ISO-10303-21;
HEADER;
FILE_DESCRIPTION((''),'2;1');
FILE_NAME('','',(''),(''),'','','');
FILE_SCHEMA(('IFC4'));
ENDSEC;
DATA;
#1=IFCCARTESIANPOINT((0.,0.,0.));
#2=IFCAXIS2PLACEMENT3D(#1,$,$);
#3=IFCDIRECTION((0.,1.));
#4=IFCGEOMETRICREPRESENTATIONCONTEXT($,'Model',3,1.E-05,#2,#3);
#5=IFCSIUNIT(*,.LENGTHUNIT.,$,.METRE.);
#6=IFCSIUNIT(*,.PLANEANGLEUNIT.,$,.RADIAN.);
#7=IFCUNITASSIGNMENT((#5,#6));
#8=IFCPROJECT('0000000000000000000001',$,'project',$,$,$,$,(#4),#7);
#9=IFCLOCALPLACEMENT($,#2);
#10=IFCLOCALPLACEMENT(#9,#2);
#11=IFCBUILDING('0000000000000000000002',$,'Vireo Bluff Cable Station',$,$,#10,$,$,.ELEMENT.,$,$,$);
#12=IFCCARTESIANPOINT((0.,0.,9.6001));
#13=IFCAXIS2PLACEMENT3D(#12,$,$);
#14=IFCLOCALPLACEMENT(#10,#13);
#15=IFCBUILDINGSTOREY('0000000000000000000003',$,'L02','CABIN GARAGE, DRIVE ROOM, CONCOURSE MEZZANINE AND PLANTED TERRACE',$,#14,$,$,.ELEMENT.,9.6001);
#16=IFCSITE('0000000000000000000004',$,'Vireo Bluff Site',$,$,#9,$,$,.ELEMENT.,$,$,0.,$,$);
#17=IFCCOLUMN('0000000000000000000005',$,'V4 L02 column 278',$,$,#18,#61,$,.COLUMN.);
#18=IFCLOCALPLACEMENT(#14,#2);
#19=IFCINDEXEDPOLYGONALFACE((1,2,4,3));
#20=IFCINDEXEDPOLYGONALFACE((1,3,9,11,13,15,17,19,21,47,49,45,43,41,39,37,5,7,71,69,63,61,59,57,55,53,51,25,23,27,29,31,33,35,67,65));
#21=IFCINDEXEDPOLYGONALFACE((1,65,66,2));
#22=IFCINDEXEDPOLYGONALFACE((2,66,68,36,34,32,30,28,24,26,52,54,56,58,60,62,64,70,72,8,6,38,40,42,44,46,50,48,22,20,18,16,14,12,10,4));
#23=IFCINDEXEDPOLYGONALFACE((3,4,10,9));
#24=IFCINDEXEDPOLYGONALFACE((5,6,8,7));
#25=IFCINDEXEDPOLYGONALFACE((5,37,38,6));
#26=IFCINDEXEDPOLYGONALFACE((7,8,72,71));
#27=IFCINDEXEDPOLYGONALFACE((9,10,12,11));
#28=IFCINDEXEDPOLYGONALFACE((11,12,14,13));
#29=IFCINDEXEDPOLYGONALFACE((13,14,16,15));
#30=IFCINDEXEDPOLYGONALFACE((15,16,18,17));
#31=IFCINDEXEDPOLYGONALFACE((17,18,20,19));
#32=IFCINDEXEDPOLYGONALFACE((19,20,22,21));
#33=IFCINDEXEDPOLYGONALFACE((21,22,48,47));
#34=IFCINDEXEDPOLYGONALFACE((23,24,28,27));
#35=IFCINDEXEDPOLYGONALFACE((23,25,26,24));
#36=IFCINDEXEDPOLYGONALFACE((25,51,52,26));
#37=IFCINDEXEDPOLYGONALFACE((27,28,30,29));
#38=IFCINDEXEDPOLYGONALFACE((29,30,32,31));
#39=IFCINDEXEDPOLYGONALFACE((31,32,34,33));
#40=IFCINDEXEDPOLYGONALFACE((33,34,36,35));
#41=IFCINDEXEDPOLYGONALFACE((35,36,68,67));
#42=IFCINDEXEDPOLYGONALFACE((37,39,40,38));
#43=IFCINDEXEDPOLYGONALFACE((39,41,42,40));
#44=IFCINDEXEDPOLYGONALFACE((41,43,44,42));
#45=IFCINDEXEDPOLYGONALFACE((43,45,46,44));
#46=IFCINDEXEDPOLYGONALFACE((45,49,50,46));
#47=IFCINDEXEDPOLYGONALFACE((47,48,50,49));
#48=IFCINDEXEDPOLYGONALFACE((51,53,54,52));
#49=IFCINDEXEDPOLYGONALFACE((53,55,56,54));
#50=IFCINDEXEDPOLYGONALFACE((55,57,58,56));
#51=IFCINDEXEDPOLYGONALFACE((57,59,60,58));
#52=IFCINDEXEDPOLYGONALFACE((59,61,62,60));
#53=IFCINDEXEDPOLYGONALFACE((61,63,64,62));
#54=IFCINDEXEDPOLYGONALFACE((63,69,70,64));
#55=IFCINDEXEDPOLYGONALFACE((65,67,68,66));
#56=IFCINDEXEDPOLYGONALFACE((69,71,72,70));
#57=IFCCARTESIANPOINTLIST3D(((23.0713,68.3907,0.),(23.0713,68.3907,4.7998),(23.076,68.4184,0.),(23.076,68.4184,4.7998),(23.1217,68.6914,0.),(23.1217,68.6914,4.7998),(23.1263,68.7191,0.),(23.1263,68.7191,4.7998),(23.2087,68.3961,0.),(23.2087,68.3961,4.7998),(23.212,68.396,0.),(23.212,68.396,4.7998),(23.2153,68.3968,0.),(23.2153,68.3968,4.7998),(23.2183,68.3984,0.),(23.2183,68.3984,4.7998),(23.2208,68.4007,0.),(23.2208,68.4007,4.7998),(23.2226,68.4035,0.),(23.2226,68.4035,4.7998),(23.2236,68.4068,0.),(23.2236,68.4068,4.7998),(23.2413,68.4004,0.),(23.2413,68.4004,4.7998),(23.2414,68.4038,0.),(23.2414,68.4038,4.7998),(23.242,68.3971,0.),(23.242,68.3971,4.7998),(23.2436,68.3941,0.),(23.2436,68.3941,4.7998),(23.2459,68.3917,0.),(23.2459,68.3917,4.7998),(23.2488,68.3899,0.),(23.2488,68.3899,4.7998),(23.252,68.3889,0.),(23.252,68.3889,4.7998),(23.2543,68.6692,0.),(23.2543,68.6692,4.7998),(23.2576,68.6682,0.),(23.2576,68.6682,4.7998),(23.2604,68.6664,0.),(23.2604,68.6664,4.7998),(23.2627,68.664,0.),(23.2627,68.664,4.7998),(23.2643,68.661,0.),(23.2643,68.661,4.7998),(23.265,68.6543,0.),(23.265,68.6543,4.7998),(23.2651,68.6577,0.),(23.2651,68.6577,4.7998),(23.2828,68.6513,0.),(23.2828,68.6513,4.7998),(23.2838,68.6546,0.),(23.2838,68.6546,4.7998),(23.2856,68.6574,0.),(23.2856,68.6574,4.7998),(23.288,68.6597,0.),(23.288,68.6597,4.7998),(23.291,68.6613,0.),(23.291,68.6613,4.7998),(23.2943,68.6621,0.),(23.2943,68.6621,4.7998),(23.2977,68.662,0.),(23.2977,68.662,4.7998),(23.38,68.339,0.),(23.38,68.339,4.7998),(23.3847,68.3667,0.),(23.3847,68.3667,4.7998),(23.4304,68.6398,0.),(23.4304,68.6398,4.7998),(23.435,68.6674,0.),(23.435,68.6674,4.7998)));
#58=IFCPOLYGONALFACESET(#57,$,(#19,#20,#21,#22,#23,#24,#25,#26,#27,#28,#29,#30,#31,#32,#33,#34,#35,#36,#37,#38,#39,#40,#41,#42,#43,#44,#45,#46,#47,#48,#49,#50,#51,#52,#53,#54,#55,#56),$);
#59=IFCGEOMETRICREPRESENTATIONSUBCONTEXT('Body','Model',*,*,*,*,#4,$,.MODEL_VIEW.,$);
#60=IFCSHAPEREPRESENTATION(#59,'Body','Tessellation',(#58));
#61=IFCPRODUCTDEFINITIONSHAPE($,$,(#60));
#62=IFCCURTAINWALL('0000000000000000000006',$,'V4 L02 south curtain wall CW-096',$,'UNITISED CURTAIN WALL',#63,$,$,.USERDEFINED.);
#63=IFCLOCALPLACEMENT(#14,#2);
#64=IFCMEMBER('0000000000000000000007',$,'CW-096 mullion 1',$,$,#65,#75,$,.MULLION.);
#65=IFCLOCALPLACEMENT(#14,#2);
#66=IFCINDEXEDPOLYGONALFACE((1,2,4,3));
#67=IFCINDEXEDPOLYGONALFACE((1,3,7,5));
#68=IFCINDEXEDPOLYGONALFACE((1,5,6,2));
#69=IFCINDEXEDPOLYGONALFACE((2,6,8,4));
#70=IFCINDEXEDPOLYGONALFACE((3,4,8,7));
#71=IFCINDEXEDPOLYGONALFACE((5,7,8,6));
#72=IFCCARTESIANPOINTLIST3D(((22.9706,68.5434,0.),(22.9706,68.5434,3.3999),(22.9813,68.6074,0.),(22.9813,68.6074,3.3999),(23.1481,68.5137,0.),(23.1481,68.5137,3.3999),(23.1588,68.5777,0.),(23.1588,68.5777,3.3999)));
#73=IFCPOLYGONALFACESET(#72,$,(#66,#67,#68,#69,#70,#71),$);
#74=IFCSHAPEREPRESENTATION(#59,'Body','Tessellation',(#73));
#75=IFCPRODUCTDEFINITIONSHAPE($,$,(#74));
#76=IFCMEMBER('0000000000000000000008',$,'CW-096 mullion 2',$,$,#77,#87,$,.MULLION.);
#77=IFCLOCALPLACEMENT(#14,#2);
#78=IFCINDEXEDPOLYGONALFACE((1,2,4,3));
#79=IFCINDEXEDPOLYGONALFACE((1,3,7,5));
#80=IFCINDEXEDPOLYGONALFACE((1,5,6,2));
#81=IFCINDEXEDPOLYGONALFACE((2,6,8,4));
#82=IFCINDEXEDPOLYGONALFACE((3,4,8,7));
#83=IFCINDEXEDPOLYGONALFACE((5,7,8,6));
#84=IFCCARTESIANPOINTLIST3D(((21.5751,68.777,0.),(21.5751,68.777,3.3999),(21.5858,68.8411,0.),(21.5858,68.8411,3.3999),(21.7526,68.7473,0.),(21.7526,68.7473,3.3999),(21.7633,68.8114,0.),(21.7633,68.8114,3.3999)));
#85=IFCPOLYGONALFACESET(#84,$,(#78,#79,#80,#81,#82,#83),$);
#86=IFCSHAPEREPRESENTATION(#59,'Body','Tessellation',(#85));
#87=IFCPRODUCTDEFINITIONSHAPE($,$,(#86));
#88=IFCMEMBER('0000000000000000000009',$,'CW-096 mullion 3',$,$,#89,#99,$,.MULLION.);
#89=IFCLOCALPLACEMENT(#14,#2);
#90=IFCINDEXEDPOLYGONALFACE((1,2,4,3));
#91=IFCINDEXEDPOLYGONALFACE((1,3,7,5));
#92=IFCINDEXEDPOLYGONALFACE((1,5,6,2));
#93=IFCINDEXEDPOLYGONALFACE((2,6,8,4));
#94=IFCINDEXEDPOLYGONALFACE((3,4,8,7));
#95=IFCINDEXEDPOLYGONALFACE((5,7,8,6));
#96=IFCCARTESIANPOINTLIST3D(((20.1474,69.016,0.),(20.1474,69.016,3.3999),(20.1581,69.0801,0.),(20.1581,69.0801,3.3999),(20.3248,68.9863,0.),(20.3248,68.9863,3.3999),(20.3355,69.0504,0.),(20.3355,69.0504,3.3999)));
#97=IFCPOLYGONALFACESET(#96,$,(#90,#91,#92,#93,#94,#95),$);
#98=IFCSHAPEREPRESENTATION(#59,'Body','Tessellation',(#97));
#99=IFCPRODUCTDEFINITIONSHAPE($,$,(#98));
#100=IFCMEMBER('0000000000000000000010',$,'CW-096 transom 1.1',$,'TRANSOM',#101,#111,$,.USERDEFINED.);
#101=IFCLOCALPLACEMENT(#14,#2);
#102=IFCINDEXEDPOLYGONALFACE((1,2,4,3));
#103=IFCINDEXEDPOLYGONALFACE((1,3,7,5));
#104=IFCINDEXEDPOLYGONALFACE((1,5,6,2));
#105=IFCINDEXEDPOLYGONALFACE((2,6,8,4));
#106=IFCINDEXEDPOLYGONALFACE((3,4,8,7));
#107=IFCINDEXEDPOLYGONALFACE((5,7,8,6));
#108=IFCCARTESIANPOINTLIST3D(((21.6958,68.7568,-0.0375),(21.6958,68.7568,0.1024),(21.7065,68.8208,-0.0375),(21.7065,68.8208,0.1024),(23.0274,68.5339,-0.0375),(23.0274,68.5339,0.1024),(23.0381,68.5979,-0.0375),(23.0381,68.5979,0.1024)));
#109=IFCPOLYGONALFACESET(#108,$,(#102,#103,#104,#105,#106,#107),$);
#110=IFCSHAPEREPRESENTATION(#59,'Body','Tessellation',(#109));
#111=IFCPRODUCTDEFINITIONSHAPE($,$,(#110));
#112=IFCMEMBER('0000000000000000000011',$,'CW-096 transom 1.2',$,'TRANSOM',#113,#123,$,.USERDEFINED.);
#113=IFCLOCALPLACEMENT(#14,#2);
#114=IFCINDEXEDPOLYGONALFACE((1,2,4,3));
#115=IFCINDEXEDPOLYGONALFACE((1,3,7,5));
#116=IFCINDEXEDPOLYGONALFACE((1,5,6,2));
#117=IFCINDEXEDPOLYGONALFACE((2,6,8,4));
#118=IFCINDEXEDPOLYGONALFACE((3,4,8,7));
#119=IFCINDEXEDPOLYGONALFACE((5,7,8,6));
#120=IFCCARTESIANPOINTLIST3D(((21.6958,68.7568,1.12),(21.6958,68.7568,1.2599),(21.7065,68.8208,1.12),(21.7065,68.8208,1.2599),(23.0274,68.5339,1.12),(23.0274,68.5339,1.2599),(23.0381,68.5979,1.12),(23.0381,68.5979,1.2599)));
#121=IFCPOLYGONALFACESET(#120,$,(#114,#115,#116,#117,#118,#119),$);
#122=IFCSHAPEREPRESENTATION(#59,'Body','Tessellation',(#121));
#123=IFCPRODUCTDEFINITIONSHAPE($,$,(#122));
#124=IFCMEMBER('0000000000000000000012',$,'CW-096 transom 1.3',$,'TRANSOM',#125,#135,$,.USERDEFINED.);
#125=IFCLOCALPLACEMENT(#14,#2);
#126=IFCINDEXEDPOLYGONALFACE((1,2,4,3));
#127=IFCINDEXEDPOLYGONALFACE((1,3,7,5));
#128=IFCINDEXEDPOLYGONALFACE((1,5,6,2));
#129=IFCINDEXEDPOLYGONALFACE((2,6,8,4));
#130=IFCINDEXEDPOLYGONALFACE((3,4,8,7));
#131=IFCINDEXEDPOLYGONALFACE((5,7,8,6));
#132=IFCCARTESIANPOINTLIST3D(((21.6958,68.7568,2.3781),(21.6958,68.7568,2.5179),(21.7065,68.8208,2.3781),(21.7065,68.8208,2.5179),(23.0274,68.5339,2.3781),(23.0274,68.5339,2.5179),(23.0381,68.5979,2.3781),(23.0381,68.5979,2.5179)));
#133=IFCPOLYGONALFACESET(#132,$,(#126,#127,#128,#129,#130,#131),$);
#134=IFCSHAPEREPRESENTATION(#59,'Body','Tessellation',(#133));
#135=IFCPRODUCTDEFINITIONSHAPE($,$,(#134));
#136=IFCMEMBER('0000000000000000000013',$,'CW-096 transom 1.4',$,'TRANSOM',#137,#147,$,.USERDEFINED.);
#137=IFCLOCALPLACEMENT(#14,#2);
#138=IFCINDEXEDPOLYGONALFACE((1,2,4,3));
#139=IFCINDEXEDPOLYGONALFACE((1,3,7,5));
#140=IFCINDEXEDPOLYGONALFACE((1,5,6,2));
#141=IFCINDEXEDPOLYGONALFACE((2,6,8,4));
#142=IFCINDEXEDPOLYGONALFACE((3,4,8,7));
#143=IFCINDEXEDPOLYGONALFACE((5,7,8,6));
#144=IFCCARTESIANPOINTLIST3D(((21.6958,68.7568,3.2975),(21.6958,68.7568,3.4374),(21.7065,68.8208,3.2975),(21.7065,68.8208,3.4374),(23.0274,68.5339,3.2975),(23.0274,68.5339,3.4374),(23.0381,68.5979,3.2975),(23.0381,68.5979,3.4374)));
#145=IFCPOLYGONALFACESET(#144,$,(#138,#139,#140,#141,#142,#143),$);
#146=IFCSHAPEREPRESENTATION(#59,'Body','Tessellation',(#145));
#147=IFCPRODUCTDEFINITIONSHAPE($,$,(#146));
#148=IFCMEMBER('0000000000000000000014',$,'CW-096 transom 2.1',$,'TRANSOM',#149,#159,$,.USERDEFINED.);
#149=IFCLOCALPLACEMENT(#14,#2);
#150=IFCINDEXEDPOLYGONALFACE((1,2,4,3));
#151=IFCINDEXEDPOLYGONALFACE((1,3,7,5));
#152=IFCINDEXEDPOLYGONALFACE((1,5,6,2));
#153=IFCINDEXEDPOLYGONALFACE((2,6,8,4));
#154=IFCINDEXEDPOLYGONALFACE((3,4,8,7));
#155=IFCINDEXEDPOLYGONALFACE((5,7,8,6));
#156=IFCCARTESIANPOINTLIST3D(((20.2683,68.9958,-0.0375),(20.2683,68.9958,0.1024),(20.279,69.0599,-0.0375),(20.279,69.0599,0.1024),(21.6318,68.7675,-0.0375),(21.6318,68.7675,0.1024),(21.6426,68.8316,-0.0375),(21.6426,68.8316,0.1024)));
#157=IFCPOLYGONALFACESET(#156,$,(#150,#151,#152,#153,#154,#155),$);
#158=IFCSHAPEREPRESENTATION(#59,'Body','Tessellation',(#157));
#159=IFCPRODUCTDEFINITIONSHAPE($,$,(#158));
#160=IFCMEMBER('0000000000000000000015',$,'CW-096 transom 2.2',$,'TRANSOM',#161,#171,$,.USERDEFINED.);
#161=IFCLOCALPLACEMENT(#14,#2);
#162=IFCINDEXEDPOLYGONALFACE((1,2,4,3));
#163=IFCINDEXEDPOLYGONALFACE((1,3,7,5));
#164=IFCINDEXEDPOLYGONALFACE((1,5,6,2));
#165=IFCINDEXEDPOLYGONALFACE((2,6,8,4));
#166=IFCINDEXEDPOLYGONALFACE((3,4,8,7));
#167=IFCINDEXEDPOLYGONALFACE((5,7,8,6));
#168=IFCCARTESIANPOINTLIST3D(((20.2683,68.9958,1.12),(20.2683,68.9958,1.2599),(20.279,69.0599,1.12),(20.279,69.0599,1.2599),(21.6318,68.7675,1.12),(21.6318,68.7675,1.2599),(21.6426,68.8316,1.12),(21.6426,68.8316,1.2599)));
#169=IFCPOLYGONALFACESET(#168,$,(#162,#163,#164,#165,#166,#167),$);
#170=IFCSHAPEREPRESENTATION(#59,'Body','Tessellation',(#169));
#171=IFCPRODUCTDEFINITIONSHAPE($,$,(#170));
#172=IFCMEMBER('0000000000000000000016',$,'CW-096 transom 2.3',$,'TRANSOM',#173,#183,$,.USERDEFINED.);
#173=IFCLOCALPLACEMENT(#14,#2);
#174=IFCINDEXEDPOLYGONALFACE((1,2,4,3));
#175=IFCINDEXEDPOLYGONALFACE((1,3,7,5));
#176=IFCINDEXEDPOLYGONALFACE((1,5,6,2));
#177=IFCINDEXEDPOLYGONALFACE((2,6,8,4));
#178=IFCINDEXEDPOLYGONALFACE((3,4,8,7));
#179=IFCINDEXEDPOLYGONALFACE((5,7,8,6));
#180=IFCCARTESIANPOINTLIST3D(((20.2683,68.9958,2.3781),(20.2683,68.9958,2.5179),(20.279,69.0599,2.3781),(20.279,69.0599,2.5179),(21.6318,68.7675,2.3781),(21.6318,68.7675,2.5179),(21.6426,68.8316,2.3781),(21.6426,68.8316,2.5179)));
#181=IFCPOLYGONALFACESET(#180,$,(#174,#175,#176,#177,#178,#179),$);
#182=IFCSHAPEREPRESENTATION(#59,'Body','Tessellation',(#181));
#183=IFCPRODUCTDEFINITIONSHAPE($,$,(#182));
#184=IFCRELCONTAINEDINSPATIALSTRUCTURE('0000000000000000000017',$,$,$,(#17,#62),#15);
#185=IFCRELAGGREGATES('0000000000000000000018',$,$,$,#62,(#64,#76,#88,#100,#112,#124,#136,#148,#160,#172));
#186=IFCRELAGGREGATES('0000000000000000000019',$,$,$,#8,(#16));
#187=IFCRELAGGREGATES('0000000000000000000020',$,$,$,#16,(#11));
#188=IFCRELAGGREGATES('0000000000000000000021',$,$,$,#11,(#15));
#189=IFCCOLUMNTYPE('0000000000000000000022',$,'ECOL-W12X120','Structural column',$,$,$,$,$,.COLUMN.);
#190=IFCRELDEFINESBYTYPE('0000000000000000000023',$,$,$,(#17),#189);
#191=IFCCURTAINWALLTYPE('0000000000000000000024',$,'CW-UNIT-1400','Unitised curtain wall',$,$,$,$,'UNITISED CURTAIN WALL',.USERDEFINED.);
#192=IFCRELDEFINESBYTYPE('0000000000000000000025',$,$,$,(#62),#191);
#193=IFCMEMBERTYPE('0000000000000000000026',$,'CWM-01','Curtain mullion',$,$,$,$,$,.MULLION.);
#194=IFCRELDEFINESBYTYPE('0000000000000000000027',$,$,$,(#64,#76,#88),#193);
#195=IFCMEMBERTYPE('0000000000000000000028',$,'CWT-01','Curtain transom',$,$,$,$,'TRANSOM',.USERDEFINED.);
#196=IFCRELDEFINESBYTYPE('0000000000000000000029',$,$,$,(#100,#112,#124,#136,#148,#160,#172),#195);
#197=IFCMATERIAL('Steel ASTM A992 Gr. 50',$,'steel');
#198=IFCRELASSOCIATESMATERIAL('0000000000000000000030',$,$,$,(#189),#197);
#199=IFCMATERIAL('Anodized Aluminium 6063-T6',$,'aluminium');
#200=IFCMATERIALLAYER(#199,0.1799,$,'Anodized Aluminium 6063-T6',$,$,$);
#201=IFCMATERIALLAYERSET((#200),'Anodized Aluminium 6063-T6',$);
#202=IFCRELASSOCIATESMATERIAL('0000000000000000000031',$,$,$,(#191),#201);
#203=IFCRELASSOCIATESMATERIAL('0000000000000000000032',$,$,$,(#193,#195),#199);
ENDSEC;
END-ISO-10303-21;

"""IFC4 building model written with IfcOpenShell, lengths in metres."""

from ifc_helpers import new_model, si_unit, direction, frame, origin, origin_2d, place, context, subcontext, project, spatial, rectangle, i_section, extrude, material, layer, layer_set, material_profile, profile_set, type_object, element, aggregate, save


model = new_model("IFC4")

# Units and contexts
model_context = context("Model", 3, precision=1e-05, world=origin(), true_north=direction((0.0, 1.0)))
body_context = subcontext(model_context, "Body", "Model", "MODEL_VIEW")
ifc_project = project(units=[si_unit("LENGTHUNIT", "METRE"), si_unit("PLANEANGLEUNIT", "RADIAN")], contexts=[model_context])

# Site, building, storey
site_placement = place(None, origin())
site = spatial("IfcSite", under=ifc_project, at=site_placement, Name="Vireo Bluff Site", CompositionType="ELEMENT", RefElevation=0.0)
building_placement = place(site_placement, origin())
building = spatial("IfcBuilding", under=site, at=building_placement, Name="Vireo Bluff Cable Station", CompositionType="ELEMENT")
storey_placement = place(building_placement, frame((0.0, 0.0, 9.6001)))
storey = spatial("IfcBuildingStorey", under=building, at=storey_placement, Name="L02", Description="CABIN GARAGE, DRIVE ROOM, CONCOURSE MEZZANINE AND PLANTED TERRACE", CompositionType="ELEMENT", Elevation=9.6001)

# Column
ifc_material_1 = material(Name="Steel ASTM A992 Gr. 50", Category="steel")
ifc_material_profile_1 = material_profile(ifc_material_1, i_section(OverallWidth=0.313, OverallDepth=0.333, WebThickness=0.0181, FlangeThickness=0.0281, FilletRadius=0.0129, at=origin_2d()), Name="W12X120")
ifc_profile_set_1 = profile_set([ifc_material_profile_1], Name="Steel ASTM A992 Gr. 50")
column_type = type_object("IfcColumnType", Name="ECOL-W12X120", Description="Structural column", PredefinedType="COLUMN", material=ifc_profile_set_1)
column_placement = place(storey_placement, frame((23.2532, 68.5291, 0.0), z_axis=(0.0, 0.0, 1.0), x_axis=(0.986286, -0.165048, 0.0)))
element("IfcColumn", 1, at=column_placement, inside=storey, type_object=column_type, Name="V4 L02 column 278", PredefinedType="COLUMN", context=body_context, shape_type="SweptSolid", body=[
    extrude(i_section(OverallWidth=0.313, OverallDepth=0.333, WebThickness=0.0181, FlangeThickness=0.0281, FilletRadius=0.0129, at=origin_2d()), origin(), (0.0, 0.0, 1.0), 4.7998),
])

# Curtain wall, members
ifc_material_2 = material(Name="Anodized Aluminium 6063-T6", Category="aluminium")
ifc_layer_1 = layer(ifc_material_2, 0.1799, Name="Anodized Aluminium 6063-T6")
ifc_layer_set_1 = layer_set([ifc_layer_1], Name="Anodized Aluminium 6063-T6")
curtain_wall_type = type_object("IfcCurtainWallType", Name="CW-UNIT-1400", Description="Unitised curtain wall", ElementType="UNITISED CURTAIN WALL", PredefinedType="USERDEFINED", material=ifc_layer_set_1)
curtain_wall_placement = place(storey_placement, origin())
curtain_wall = element("IfcCurtainWall", 2, at=curtain_wall_placement, inside=storey, type_object=curtain_wall_type, Name="V4 L02 south curtain wall CW-096", ObjectType="UNITISED CURTAIN WALL", PredefinedType="USERDEFINED")
ifc_material_profile_2 = material_profile(ifc_material_2, rectangle(XDim=0.0649, YDim=0.1799, at=origin_2d()), Name="ALU-M-65X180")
ifc_profile_set_2 = profile_set([ifc_material_profile_2], Name="Anodized Aluminium 6063-T6")
member_type_1 = type_object("IfcMemberType", Name="CWM-01", Description="Curtain mullion", PredefinedType="MULLION", material=ifc_profile_set_2)
member_1_placement = place(storey_placement, frame((23.0647, 68.5605, 0.0), z_axis=(0.0, 0.0, 1.0), x_axis=(-0.165048, -0.986286, 0.0)))
member_1 = element("IfcMember", 3, at=member_1_placement, type_object=member_type_1, Name="CW-096 mullion 1", PredefinedType="MULLION", context=body_context, shape_type="SweptSolid", body=[
    extrude(rectangle(XDim=0.0649, YDim=0.1799, at=origin_2d()), origin(), (0.0, 0.0, 1.0), 3.3999),
])
member_2_placement = place(storey_placement, frame((21.6692, 68.7942, 0.0), z_axis=(0.0, 0.0, 1.0), x_axis=(-0.165048, -0.986286, 0.0)))
member_2 = element("IfcMember", 4, at=member_2_placement, type_object=member_type_1, Name="CW-096 mullion 2", PredefinedType="MULLION", context=body_context, shape_type="SweptSolid", body=[
    extrude(rectangle(XDim=0.0649, YDim=0.1799, at=origin_2d()), origin(), (0.0, 0.0, 1.0), 3.3999),
])
member_3_placement = place(storey_placement, frame((20.2415, 69.0332, 0.0), z_axis=(0.0, 0.0, 1.0), x_axis=(-0.165048, -0.986286, 0.0)))
member_3 = element("IfcMember", 5, at=member_3_placement, type_object=member_type_1, Name="CW-096 mullion 3", PredefinedType="MULLION", context=body_context, shape_type="SweptSolid", body=[
    extrude(rectangle(XDim=0.0649, YDim=0.1799, at=origin_2d()), origin(), (0.0, 0.0, 1.0), 3.3999),
])
ifc_material_profile_3 = material_profile(ifc_material_2, rectangle(XDim=0.0649, YDim=0.1399, at=origin_2d()), Name="ALU-T-65X140")
ifc_profile_set_3 = profile_set([ifc_material_profile_3], Name="Anodized Aluminium 6063-T6")
member_type_2 = type_object("IfcMemberType", Name="CWT-01", Description="Curtain transom", ElementType="TRANSOM", PredefinedType="USERDEFINED", material=ifc_profile_set_3)
member_4_placement = place(storey_placement, frame((23.0327, 68.5659, 0.0325), z_axis=(-0.986276, 0.165103, 0.0), x_axis=(-0.165103, -0.986276, 0.0)))
member_4 = element("IfcMember", 6, at=member_4_placement, type_object=member_type_2, Name="CW-096 transom 1.1", ObjectType="TRANSOM", PredefinedType="USERDEFINED", context=body_context, shape_type="SweptSolid", body=[
    extrude(rectangle(XDim=0.0649, YDim=0.1399, at=origin_2d()), origin(), (0.0, 0.0, 1.0), 1.3501),
])
member_5_placement = place(storey_placement, frame((23.0327, 68.5659, 1.1899), z_axis=(-0.986276, 0.165103, 0.0), x_axis=(-0.165103, -0.986276, 0.0)))
member_5 = element("IfcMember", 7, at=member_5_placement, type_object=member_type_2, Name="CW-096 transom 1.2", ObjectType="TRANSOM", PredefinedType="USERDEFINED", context=body_context, shape_type="SweptSolid", body=[
    extrude(rectangle(XDim=0.0649, YDim=0.1399, at=origin_2d()), origin(), (0.0, 0.0, 1.0), 1.3501),
])
member_6_placement = place(storey_placement, frame((23.0327, 68.5659, 2.448), z_axis=(-0.986276, 0.165103, 0.0), x_axis=(-0.165103, -0.986276, 0.0)))
member_6 = element("IfcMember", 8, at=member_6_placement, type_object=member_type_2, Name="CW-096 transom 1.3", ObjectType="TRANSOM", PredefinedType="USERDEFINED", context=body_context, shape_type="SweptSolid", body=[
    extrude(rectangle(XDim=0.0649, YDim=0.1399, at=origin_2d()), origin(), (0.0, 0.0, 1.0), 1.3501),
])
member_7_placement = place(storey_placement, frame((23.0327, 68.5659, 3.3674), z_axis=(-0.986276, 0.165103, 0.0), x_axis=(-0.165103, -0.986276, 0.0)))
member_7 = element("IfcMember", 9, at=member_7_placement, type_object=member_type_2, Name="CW-096 transom 1.4", ObjectType="TRANSOM", PredefinedType="USERDEFINED", context=body_context, shape_type="SweptSolid", body=[
    extrude(rectangle(XDim=0.0649, YDim=0.1399, at=origin_2d()), origin(), (0.0, 0.0, 1.0), 1.3501),
])
member_8_placement = place(storey_placement, frame((21.6372, 68.7996, 0.0325), z_axis=(-0.986274, 0.165115, 0.0), x_axis=(-0.165115, -0.986274, 0.0)))
member_8 = element("IfcMember", 10, at=member_8_placement, type_object=member_type_2, Name="CW-096 transom 2.1", ObjectType="TRANSOM", PredefinedType="USERDEFINED", context=body_context, shape_type="SweptSolid", body=[
    extrude(rectangle(XDim=0.0649, YDim=0.1399, at=origin_2d()), origin(), (0.0, 0.0, 1.0), 1.3826),
])
member_9_placement = place(storey_placement, frame((21.6372, 68.7996, 1.1899), z_axis=(-0.986274, 0.165115, 0.0), x_axis=(-0.165115, -0.986274, 0.0)))
member_9 = element("IfcMember", 11, at=member_9_placement, type_object=member_type_2, Name="CW-096 transom 2.2", ObjectType="TRANSOM", PredefinedType="USERDEFINED", context=body_context, shape_type="SweptSolid", body=[
    extrude(rectangle(XDim=0.0649, YDim=0.1399, at=origin_2d()), origin(), (0.0, 0.0, 1.0), 1.3826),
])
member_10_placement = place(storey_placement, frame((21.6372, 68.7996, 2.448), z_axis=(-0.986274, 0.165115, 0.0), x_axis=(-0.165115, -0.986274, 0.0)))
member_10 = element("IfcMember", 12, at=member_10_placement, type_object=member_type_2, Name="CW-096 transom 2.3", ObjectType="TRANSOM", PredefinedType="USERDEFINED", context=body_context, shape_type="SweptSolid", body=[
    extrude(rectangle(XDim=0.0649, YDim=0.1399, at=origin_2d()), origin(), (0.0, 0.0, 1.0), 1.3826),
])
aggregate(curtain_wall, [member_1, member_2, member_3, member_4, member_5, member_6, member_7, member_8, member_9, member_10])

save(model, "model.ifc")
